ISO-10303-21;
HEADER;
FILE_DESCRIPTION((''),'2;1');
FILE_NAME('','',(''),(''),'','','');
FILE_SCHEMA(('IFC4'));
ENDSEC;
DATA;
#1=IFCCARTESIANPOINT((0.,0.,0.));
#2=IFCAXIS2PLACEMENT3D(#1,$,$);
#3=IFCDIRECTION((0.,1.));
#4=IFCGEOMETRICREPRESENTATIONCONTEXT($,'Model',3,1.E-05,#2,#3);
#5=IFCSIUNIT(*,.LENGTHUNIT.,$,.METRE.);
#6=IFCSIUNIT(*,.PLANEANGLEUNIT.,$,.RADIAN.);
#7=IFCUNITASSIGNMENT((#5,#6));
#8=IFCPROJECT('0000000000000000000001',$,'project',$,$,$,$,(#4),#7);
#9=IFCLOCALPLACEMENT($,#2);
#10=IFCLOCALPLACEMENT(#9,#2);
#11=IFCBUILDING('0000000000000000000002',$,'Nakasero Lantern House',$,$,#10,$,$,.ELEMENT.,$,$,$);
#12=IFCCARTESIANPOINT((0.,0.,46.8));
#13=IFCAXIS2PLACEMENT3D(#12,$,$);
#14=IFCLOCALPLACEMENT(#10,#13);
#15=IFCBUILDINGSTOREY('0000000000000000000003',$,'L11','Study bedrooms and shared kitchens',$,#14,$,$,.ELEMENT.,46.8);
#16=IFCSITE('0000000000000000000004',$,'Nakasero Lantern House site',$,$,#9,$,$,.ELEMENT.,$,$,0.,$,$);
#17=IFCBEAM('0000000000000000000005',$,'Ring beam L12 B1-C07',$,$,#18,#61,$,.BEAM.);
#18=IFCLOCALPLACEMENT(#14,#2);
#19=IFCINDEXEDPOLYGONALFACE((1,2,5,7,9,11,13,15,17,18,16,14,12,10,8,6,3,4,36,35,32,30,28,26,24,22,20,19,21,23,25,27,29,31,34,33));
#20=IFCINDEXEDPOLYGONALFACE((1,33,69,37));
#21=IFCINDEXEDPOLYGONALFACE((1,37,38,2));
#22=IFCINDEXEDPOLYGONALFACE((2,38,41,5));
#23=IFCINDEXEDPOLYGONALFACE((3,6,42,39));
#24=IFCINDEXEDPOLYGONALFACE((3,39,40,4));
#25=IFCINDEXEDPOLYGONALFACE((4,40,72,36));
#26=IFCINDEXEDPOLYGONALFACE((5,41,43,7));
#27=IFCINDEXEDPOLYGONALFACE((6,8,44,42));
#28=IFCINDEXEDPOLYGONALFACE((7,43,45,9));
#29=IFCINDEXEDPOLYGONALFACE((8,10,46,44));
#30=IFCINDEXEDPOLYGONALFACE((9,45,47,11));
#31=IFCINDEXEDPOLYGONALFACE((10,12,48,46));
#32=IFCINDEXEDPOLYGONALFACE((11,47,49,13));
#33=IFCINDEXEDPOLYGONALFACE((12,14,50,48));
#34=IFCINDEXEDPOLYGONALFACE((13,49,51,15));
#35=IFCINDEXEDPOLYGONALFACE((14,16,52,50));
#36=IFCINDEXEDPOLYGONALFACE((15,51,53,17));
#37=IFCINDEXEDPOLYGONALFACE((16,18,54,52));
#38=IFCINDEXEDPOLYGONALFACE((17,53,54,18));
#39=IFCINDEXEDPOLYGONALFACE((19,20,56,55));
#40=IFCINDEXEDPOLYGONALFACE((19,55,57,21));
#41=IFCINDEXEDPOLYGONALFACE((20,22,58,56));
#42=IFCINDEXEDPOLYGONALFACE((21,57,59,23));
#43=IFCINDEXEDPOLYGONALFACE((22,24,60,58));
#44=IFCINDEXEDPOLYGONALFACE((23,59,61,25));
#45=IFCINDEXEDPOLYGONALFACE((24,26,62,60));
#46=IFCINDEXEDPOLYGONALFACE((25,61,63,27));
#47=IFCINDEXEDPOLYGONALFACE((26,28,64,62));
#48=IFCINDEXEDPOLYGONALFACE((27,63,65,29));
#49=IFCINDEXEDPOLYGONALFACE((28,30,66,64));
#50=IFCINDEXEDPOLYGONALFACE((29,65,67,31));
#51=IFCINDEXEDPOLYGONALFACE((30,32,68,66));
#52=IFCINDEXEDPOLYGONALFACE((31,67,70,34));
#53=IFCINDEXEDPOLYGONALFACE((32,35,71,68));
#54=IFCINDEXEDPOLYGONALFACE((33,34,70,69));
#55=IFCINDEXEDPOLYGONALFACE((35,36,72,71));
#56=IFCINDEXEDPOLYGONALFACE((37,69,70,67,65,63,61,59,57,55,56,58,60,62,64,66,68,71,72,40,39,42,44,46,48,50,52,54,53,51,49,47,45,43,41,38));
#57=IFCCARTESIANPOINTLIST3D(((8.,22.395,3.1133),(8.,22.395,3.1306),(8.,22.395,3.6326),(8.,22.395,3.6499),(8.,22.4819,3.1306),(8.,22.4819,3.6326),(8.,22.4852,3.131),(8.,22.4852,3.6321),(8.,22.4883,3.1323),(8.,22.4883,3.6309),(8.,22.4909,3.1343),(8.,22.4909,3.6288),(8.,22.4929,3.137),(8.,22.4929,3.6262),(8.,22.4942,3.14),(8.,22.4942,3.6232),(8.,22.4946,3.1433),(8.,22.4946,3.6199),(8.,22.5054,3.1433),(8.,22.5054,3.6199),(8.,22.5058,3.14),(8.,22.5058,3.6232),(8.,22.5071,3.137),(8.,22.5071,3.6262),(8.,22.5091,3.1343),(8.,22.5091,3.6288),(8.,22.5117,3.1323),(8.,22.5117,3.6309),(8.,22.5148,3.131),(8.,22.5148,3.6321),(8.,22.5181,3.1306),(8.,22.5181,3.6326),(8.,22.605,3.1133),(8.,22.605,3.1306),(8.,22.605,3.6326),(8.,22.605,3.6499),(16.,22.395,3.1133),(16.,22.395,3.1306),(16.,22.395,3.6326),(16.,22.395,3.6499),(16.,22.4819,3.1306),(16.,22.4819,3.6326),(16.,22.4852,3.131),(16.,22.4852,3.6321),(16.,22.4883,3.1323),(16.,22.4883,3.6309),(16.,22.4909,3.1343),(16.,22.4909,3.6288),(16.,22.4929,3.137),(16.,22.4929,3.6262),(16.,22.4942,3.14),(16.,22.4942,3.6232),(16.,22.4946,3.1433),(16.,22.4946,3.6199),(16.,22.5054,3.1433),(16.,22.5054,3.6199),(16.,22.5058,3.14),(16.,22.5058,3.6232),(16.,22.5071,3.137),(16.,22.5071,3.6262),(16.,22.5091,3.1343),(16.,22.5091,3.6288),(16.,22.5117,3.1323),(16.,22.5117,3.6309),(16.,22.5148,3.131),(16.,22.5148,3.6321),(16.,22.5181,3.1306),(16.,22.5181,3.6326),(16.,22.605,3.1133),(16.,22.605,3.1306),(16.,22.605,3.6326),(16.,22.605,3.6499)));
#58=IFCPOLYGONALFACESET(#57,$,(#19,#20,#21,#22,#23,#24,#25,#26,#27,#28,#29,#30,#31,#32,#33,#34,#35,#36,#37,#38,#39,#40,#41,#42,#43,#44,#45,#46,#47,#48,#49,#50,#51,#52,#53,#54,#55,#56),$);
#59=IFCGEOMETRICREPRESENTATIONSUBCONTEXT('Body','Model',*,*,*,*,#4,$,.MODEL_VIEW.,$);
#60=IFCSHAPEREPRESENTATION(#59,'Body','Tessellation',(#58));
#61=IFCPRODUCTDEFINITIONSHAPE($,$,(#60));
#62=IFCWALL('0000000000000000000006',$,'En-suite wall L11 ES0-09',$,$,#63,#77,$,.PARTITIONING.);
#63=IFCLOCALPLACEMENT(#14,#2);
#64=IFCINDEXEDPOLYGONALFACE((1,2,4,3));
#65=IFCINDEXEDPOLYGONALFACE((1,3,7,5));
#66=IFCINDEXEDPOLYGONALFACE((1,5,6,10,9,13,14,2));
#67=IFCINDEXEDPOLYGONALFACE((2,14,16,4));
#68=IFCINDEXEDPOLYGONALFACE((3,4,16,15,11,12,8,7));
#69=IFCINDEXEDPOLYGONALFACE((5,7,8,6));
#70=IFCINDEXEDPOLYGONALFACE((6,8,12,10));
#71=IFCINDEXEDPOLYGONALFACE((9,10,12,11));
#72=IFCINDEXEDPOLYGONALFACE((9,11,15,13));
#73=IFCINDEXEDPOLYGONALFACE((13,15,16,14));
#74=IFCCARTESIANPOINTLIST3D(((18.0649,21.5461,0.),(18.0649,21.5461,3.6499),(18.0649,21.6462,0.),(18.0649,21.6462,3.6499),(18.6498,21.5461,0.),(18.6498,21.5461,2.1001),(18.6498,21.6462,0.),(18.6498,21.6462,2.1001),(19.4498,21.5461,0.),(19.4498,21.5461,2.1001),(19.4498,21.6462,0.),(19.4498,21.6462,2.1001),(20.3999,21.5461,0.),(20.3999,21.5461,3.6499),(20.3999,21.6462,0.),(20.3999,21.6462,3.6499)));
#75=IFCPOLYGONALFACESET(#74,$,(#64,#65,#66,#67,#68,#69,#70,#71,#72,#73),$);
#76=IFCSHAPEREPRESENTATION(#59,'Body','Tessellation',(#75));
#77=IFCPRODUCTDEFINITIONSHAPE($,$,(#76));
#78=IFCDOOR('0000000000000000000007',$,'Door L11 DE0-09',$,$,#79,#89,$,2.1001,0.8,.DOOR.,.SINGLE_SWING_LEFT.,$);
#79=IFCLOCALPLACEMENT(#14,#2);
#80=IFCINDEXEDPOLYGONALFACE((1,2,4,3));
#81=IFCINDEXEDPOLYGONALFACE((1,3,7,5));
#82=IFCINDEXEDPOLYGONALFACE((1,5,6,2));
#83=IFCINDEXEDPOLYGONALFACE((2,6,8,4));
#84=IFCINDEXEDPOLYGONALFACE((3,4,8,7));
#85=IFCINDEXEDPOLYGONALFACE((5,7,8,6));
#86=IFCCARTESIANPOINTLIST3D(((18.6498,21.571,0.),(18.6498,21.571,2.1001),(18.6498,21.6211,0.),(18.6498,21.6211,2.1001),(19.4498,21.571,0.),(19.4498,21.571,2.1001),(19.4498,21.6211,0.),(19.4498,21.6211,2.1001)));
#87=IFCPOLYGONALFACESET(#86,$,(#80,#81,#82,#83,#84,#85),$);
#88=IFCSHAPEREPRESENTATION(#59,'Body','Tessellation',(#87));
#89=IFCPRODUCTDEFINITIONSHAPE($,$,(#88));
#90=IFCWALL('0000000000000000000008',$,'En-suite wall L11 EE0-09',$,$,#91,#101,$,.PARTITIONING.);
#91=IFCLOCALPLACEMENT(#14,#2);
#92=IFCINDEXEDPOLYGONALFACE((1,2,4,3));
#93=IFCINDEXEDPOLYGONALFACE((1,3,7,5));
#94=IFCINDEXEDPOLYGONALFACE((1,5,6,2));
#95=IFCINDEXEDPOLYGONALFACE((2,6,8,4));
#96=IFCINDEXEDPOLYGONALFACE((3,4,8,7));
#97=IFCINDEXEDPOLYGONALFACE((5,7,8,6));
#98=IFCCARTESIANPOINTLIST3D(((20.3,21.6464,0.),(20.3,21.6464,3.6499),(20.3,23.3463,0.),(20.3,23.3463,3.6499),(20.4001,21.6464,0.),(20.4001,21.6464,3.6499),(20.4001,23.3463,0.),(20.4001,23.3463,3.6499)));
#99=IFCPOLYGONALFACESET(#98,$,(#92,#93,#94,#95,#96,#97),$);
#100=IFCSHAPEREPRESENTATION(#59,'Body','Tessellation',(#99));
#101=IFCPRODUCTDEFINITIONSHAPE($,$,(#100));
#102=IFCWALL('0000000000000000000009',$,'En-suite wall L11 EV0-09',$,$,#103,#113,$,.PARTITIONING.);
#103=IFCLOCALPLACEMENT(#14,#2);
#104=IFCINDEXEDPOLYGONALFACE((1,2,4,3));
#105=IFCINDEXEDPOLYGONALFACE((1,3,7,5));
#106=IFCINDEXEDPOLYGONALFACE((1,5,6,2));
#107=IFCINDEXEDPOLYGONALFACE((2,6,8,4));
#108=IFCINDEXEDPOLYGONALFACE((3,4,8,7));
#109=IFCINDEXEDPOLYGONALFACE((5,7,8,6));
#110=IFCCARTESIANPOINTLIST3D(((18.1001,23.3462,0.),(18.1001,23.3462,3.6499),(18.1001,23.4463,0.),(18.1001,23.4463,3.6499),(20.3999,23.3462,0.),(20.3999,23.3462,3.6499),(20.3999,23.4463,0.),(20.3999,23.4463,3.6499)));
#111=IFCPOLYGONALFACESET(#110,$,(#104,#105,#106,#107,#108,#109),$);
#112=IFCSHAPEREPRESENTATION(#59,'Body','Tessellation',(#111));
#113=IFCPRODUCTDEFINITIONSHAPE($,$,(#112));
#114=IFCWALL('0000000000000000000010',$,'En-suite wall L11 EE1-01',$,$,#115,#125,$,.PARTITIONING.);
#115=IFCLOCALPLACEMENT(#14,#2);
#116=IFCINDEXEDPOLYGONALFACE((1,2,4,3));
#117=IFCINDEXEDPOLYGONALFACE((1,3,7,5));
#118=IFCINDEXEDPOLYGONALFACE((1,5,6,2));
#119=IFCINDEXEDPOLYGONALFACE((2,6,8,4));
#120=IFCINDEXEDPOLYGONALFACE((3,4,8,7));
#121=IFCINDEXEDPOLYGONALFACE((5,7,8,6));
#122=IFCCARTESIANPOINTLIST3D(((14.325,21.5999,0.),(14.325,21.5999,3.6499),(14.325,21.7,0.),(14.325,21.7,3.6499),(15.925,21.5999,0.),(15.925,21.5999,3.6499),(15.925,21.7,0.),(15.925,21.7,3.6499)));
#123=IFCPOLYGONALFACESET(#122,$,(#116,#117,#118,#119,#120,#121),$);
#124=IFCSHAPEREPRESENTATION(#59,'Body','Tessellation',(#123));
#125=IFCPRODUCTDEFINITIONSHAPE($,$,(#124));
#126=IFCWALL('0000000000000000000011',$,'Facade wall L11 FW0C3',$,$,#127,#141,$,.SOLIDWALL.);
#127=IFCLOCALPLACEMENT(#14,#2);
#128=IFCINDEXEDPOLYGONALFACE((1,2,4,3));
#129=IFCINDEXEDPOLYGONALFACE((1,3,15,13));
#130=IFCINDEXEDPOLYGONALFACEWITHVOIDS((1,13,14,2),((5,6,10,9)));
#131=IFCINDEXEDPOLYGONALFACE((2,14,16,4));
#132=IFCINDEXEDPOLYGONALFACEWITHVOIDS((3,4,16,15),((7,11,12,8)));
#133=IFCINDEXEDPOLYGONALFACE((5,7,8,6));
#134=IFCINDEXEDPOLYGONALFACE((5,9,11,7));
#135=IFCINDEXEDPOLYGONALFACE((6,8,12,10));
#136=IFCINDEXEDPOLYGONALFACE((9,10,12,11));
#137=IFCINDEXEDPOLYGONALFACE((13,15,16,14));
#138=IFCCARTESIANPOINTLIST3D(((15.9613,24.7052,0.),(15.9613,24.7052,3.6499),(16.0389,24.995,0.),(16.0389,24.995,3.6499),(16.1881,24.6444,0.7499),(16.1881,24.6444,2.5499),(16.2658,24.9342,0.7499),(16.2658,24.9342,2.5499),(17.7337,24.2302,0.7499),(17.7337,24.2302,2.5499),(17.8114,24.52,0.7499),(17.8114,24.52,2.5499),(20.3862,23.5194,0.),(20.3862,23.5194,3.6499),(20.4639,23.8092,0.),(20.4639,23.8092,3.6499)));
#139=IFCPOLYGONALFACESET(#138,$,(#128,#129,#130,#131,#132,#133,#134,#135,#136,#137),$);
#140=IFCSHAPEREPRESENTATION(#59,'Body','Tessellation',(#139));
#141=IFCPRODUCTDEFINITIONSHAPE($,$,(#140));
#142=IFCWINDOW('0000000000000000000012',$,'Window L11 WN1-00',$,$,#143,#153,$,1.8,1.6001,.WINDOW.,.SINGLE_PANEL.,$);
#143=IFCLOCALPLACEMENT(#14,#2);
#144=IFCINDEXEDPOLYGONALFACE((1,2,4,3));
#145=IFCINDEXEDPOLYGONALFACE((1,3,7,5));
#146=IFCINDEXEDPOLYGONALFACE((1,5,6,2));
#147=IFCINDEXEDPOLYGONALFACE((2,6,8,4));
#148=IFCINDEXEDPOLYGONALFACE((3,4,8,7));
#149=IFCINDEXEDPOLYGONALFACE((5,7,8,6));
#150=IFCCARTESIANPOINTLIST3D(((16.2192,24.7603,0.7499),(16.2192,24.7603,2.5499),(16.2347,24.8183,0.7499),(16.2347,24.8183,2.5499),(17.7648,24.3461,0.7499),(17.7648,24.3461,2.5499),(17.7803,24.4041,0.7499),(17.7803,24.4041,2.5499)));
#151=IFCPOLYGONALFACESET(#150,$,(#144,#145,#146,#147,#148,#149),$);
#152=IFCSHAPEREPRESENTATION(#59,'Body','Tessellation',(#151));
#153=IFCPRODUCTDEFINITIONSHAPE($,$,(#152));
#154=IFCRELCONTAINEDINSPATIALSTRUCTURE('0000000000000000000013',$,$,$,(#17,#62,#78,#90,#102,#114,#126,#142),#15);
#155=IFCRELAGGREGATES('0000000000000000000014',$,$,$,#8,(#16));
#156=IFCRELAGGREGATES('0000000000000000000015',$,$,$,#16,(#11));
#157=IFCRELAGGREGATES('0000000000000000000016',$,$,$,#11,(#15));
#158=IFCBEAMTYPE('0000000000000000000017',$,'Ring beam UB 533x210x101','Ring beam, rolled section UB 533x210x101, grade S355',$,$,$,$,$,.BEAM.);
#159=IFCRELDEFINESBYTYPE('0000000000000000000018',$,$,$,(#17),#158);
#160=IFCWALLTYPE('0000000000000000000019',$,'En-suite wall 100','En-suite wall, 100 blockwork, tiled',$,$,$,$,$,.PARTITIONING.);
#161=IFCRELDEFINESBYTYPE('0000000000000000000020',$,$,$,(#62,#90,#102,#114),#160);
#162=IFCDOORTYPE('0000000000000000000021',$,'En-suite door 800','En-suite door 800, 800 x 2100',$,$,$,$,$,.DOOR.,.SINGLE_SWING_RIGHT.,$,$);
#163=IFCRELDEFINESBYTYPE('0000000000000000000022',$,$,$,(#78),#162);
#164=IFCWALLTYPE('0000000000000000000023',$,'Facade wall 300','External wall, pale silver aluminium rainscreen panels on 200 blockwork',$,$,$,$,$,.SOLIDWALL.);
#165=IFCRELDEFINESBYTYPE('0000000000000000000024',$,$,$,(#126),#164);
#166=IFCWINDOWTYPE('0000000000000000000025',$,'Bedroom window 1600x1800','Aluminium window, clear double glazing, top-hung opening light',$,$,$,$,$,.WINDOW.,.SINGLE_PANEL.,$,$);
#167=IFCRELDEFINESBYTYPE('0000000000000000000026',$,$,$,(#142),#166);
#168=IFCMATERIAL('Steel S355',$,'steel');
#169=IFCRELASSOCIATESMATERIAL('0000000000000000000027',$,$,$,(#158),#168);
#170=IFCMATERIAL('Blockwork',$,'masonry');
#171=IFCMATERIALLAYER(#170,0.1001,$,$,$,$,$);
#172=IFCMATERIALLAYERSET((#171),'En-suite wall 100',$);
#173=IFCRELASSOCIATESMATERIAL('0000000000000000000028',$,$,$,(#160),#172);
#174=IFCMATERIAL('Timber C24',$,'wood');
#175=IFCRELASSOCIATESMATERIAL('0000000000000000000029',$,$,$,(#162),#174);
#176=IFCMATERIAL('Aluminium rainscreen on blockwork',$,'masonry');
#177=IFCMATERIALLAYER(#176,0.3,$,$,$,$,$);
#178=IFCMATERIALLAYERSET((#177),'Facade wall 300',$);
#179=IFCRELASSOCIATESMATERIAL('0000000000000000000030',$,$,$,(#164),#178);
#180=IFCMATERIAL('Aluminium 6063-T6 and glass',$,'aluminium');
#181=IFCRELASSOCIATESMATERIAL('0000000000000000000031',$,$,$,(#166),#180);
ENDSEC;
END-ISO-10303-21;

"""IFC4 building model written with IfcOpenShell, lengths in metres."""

from ifc_helpers import new_model, si_unit, direction, frame, frame_2d, origin, origin_2d, place, context, subcontext, project, spatial, rectangle, i_section, extrude, material, layer, layer_set, material_profile, profile_set, type_object, element, fill, save


model = new_model("IFC4")

# Units and contexts
model_context = context("Model", 3, precision=1e-05, world=origin(), true_north=direction((0.0, 1.0)))
body_context = subcontext(model_context, "Body", "Model", "MODEL_VIEW")
ifc_project = project(units=[si_unit("LENGTHUNIT", "METRE"), si_unit("PLANEANGLEUNIT", "RADIAN")], contexts=[model_context])

# Site, building, storey
site_placement = place(None, origin())
site = spatial("IfcSite", under=ifc_project, at=site_placement, Name="Nakasero Lantern House site", CompositionType="ELEMENT", RefElevation=0.0)
building_placement = place(site_placement, origin())
building = spatial("IfcBuilding", under=site, at=building_placement, Name="Nakasero Lantern House", CompositionType="ELEMENT")
storey_placement = place(building_placement, frame((0.0, 0.0, 46.8)))
storey = spatial("IfcBuildingStorey", under=building, at=storey_placement, Name="L11", Description="Study bedrooms and shared kitchens", CompositionType="ELEMENT", Elevation=46.8)

# Beam
ifc_material_1 = material(Name="Steel S355", Category="steel")
ifc_material_profile_1 = material_profile(ifc_material_1, i_section(OverallWidth=0.21, OverallDepth=0.5366, WebThickness=0.0107, FlangeThickness=0.0173, FilletRadius=0.0127, at=origin_2d()), Name="UB 533x210x101")
ifc_profile_set_1 = profile_set([ifc_material_profile_1], Name="Steel S355")
beam_type_1 = type_object("IfcBeamType", Name="Ring beam UB 533x210x101", Description="Ring beam, rolled section UB 533x210x101, grade S355", PredefinedType="BEAM", material=ifc_profile_set_1)
beam_1_placement = place(storey_placement, frame((16.0, 22.5, 3.3816), z_axis=(-1.0, 0.0, 0.0), x_axis=(0.0, -1.0, 0.0)))
element("IfcBeam", 1, at=beam_1_placement, inside=storey, type_object=beam_type_1, Name="Ring beam L12 B1-C07", PredefinedType="BEAM", context=body_context, shape_type="SweptSolid", body=[
    extrude(i_section(OverallWidth=0.21, OverallDepth=0.5366, WebThickness=0.0107, FlangeThickness=0.0173, FilletRadius=0.0127, at=origin_2d()), origin(), (0.0, 0.0, 1.0), 8.0),
])

# Wall, opening, door
ifc_material_2 = material(Name="Blockwork", Category="masonry")
ifc_layer_1 = layer(ifc_material_2, 0.1001)
ifc_layer_set_1 = layer_set([ifc_layer_1], Name="En-suite wall 100")
wall_type_1 = type_object("IfcWallType", Name="En-suite wall 100", Description="En-suite wall, 100 blockwork, tiled", PredefinedType="PARTITIONING", material=ifc_layer_set_1)
wall_1_placement = place(storey_placement, frame((18.0649, 21.5962, 0.0), z_axis=(0.0, 0.0, 1.0), x_axis=(1.0, 0.0, 0.0)))
wall_1 = element("IfcWall", 2, at=wall_1_placement, inside=storey, type_object=wall_type_1, Name="En-suite wall L11 ES0-09", PredefinedType="PARTITIONING", context=body_context, shape_type="SweptSolid", body=[
    extrude(rectangle(XDim=2.335, YDim=0.1001, at=frame_2d((1.1675, 0.0))), origin(), (0.0, 0.0, 1.0), 3.6499),
])
opening_1_placement = place(wall_1_placement, frame((0.585, 0.0, 0.0)))
opening_1 = element("IfcOpeningElement", 3, at=opening_1_placement, cuts=wall_1, PredefinedType="OPENING", context=body_context, shape_type="SweptSolid", body=[
    extrude(rectangle(XDim=0.8, YDim=2.1001, at=frame_2d((0.3999, 1.05))), frame((0.0, 0.0701, 0.0), z_axis=(0.0, -1.0, 0.0), x_axis=(1.0, 0.0, 0.0)), (0.0, 0.0, 1.0), 0.1401),
])
ifc_material_3 = material(Name="Timber C24", Category="wood")
door_type_1 = type_object("IfcDoorType", Name="En-suite door 800", Description="En-suite door 800, 800 x 2100", OperationType="SINGLE_SWING_RIGHT", PredefinedType="DOOR", material=ifc_material_3)
door_1_placement = place(opening_1_placement, origin())
door_1 = element("IfcDoor", 4, at=door_1_placement, inside=storey, type_object=door_type_1, Name="Door L11 DE0-09", OperationType="SINGLE_SWING_LEFT", OverallHeight=2.1001, OverallWidth=0.8, PredefinedType="DOOR", context=body_context, shape_type="SweptSolid", body=[
    extrude(rectangle(XDim=0.8, YDim=2.1001, at=frame_2d((0.3999, 1.05))), frame((0.0, 0.0249, 0.0), z_axis=(0.0, -1.0, 0.0), x_axis=(1.0, 0.0, 0.0)), (0.0, 0.0, 1.0), 0.05),
])
fill(opening_1, door_1)

# Walls
wall_2_placement = place(storey_placement, frame((20.3501, 21.6462, 0.0), z_axis=(0.0, 0.0, 1.0), x_axis=(0.0, 1.0, 0.0)))
element("IfcWall", 5, at=wall_2_placement, inside=storey, type_object=wall_type_1, Name="En-suite wall L11 EE0-09", PredefinedType="PARTITIONING", context=body_context, shape_type="SweptSolid", body=[
    extrude(rectangle(XDim=1.7, YDim=0.1001, at=frame_2d((0.8501, 0.0))), origin(), (0.0, 0.0, 1.0), 3.6499),
])
wall_3_placement = place(storey_placement, frame((18.1001, 23.3962, 0.0), z_axis=(0.0, 0.0, 1.0), x_axis=(1.0, 0.0, 0.0)))
element("IfcWall", 6, at=wall_3_placement, inside=storey, type_object=wall_type_1, Name="En-suite wall L11 EV0-09", PredefinedType="PARTITIONING", context=body_context, shape_type="SweptSolid", body=[
    extrude(rectangle(XDim=2.2998, YDim=0.1001, at=frame_2d((1.1499, 0.0))), origin(), (0.0, 0.0, 1.0), 3.6499),
])
wall_4_placement = place(storey_placement, frame((15.925, 21.6499, 0.0), z_axis=(0.0, 0.0, 1.0), x_axis=(-1.0, 0.0, 0.0)))
element("IfcWall", 7, at=wall_4_placement, inside=storey, type_object=wall_type_1, Name="En-suite wall L11 EE1-01", PredefinedType="PARTITIONING", context=body_context, shape_type="SweptSolid", body=[
    extrude(rectangle(XDim=1.6001, YDim=0.1001, at=frame_2d((0.8, 0.0))), origin(), (0.0, 0.0, 1.0), 3.6499),
])

# Wall, opening, window
ifc_material_4 = material(Name="Aluminium rainscreen on blockwork", Category="masonry")
ifc_layer_2 = layer(ifc_material_4, 0.3)
ifc_layer_set_2 = layer_set([ifc_layer_2], Name="Facade wall 300")
wall_type_2 = type_object("IfcWallType", Name="Facade wall 300", Description="External wall, pale silver aluminium rainscreen panels on 200 blockwork", PredefinedType="SOLIDWALL", material=ifc_layer_set_2)
wall_5_placement = place(storey_placement, frame((20.425, 23.6643, 0.0), z_axis=(0.0, 0.0, 1.0), x_axis=(-0.96592, 0.25884, 0.0)))
wall_5 = element("IfcWall", 8, at=wall_5_placement, inside=storey, type_object=wall_type_2, Name="Facade wall L11 FW0C3", PredefinedType="SOLIDWALL", context=body_context, shape_type="SweptSolid", body=[
    extrude(rectangle(XDim=4.5811, YDim=0.3, at=frame_2d((2.2905, 0.0))), origin(), (0.0, 0.0, 1.0), 3.6499),
])
opening_2_placement = place(wall_5_placement, frame((2.7461, 0.0, 0.75)))
opening_2 = element("IfcOpeningElement", 9, at=opening_2_placement, cuts=wall_5, PredefinedType="OPENING", context=body_context, shape_type="SweptSolid", body=[
    extrude(rectangle(XDim=1.6001, YDim=1.8, at=frame_2d((0.8, 0.8999))), frame((0.0, 0.1699, 0.0), z_axis=(0.0, -1.0, 0.0), x_axis=(1.0, 0.0, 0.0)), (0.0, 0.0, 1.0), 0.3401),
])
ifc_material_5 = material(Name="Aluminium 6063-T6 and glass", Category="aluminium")
window_type_1 = type_object("IfcWindowType", Name="Bedroom window 1600x1800", Description="Aluminium window, clear double glazing, top-hung opening light", PartitioningType="SINGLE_PANEL", PredefinedType="WINDOW", material=ifc_material_5)
window_1_placement = place(opening_2_placement, origin())
window_1 = element("IfcWindow", 10, at=window_1_placement, inside=storey, type_object=window_type_1, Name="Window L11 WN1-00", OverallHeight=1.8, OverallWidth=1.6001, PartitioningType="SINGLE_PANEL", PredefinedType="WINDOW", context=body_context, shape_type="SweptSolid", body=[
    extrude(rectangle(XDim=1.6001, YDim=1.8, at=frame_2d((0.8, 0.8999))), frame((0.0, 0.03, 0.0), z_axis=(0.0, -1.0, 0.0), x_axis=(1.0, 0.0, 0.0)), (0.0, 0.0, 1.0), 0.0601),
])
fill(opening_2, window_1)

save(model, "model.ifc")
